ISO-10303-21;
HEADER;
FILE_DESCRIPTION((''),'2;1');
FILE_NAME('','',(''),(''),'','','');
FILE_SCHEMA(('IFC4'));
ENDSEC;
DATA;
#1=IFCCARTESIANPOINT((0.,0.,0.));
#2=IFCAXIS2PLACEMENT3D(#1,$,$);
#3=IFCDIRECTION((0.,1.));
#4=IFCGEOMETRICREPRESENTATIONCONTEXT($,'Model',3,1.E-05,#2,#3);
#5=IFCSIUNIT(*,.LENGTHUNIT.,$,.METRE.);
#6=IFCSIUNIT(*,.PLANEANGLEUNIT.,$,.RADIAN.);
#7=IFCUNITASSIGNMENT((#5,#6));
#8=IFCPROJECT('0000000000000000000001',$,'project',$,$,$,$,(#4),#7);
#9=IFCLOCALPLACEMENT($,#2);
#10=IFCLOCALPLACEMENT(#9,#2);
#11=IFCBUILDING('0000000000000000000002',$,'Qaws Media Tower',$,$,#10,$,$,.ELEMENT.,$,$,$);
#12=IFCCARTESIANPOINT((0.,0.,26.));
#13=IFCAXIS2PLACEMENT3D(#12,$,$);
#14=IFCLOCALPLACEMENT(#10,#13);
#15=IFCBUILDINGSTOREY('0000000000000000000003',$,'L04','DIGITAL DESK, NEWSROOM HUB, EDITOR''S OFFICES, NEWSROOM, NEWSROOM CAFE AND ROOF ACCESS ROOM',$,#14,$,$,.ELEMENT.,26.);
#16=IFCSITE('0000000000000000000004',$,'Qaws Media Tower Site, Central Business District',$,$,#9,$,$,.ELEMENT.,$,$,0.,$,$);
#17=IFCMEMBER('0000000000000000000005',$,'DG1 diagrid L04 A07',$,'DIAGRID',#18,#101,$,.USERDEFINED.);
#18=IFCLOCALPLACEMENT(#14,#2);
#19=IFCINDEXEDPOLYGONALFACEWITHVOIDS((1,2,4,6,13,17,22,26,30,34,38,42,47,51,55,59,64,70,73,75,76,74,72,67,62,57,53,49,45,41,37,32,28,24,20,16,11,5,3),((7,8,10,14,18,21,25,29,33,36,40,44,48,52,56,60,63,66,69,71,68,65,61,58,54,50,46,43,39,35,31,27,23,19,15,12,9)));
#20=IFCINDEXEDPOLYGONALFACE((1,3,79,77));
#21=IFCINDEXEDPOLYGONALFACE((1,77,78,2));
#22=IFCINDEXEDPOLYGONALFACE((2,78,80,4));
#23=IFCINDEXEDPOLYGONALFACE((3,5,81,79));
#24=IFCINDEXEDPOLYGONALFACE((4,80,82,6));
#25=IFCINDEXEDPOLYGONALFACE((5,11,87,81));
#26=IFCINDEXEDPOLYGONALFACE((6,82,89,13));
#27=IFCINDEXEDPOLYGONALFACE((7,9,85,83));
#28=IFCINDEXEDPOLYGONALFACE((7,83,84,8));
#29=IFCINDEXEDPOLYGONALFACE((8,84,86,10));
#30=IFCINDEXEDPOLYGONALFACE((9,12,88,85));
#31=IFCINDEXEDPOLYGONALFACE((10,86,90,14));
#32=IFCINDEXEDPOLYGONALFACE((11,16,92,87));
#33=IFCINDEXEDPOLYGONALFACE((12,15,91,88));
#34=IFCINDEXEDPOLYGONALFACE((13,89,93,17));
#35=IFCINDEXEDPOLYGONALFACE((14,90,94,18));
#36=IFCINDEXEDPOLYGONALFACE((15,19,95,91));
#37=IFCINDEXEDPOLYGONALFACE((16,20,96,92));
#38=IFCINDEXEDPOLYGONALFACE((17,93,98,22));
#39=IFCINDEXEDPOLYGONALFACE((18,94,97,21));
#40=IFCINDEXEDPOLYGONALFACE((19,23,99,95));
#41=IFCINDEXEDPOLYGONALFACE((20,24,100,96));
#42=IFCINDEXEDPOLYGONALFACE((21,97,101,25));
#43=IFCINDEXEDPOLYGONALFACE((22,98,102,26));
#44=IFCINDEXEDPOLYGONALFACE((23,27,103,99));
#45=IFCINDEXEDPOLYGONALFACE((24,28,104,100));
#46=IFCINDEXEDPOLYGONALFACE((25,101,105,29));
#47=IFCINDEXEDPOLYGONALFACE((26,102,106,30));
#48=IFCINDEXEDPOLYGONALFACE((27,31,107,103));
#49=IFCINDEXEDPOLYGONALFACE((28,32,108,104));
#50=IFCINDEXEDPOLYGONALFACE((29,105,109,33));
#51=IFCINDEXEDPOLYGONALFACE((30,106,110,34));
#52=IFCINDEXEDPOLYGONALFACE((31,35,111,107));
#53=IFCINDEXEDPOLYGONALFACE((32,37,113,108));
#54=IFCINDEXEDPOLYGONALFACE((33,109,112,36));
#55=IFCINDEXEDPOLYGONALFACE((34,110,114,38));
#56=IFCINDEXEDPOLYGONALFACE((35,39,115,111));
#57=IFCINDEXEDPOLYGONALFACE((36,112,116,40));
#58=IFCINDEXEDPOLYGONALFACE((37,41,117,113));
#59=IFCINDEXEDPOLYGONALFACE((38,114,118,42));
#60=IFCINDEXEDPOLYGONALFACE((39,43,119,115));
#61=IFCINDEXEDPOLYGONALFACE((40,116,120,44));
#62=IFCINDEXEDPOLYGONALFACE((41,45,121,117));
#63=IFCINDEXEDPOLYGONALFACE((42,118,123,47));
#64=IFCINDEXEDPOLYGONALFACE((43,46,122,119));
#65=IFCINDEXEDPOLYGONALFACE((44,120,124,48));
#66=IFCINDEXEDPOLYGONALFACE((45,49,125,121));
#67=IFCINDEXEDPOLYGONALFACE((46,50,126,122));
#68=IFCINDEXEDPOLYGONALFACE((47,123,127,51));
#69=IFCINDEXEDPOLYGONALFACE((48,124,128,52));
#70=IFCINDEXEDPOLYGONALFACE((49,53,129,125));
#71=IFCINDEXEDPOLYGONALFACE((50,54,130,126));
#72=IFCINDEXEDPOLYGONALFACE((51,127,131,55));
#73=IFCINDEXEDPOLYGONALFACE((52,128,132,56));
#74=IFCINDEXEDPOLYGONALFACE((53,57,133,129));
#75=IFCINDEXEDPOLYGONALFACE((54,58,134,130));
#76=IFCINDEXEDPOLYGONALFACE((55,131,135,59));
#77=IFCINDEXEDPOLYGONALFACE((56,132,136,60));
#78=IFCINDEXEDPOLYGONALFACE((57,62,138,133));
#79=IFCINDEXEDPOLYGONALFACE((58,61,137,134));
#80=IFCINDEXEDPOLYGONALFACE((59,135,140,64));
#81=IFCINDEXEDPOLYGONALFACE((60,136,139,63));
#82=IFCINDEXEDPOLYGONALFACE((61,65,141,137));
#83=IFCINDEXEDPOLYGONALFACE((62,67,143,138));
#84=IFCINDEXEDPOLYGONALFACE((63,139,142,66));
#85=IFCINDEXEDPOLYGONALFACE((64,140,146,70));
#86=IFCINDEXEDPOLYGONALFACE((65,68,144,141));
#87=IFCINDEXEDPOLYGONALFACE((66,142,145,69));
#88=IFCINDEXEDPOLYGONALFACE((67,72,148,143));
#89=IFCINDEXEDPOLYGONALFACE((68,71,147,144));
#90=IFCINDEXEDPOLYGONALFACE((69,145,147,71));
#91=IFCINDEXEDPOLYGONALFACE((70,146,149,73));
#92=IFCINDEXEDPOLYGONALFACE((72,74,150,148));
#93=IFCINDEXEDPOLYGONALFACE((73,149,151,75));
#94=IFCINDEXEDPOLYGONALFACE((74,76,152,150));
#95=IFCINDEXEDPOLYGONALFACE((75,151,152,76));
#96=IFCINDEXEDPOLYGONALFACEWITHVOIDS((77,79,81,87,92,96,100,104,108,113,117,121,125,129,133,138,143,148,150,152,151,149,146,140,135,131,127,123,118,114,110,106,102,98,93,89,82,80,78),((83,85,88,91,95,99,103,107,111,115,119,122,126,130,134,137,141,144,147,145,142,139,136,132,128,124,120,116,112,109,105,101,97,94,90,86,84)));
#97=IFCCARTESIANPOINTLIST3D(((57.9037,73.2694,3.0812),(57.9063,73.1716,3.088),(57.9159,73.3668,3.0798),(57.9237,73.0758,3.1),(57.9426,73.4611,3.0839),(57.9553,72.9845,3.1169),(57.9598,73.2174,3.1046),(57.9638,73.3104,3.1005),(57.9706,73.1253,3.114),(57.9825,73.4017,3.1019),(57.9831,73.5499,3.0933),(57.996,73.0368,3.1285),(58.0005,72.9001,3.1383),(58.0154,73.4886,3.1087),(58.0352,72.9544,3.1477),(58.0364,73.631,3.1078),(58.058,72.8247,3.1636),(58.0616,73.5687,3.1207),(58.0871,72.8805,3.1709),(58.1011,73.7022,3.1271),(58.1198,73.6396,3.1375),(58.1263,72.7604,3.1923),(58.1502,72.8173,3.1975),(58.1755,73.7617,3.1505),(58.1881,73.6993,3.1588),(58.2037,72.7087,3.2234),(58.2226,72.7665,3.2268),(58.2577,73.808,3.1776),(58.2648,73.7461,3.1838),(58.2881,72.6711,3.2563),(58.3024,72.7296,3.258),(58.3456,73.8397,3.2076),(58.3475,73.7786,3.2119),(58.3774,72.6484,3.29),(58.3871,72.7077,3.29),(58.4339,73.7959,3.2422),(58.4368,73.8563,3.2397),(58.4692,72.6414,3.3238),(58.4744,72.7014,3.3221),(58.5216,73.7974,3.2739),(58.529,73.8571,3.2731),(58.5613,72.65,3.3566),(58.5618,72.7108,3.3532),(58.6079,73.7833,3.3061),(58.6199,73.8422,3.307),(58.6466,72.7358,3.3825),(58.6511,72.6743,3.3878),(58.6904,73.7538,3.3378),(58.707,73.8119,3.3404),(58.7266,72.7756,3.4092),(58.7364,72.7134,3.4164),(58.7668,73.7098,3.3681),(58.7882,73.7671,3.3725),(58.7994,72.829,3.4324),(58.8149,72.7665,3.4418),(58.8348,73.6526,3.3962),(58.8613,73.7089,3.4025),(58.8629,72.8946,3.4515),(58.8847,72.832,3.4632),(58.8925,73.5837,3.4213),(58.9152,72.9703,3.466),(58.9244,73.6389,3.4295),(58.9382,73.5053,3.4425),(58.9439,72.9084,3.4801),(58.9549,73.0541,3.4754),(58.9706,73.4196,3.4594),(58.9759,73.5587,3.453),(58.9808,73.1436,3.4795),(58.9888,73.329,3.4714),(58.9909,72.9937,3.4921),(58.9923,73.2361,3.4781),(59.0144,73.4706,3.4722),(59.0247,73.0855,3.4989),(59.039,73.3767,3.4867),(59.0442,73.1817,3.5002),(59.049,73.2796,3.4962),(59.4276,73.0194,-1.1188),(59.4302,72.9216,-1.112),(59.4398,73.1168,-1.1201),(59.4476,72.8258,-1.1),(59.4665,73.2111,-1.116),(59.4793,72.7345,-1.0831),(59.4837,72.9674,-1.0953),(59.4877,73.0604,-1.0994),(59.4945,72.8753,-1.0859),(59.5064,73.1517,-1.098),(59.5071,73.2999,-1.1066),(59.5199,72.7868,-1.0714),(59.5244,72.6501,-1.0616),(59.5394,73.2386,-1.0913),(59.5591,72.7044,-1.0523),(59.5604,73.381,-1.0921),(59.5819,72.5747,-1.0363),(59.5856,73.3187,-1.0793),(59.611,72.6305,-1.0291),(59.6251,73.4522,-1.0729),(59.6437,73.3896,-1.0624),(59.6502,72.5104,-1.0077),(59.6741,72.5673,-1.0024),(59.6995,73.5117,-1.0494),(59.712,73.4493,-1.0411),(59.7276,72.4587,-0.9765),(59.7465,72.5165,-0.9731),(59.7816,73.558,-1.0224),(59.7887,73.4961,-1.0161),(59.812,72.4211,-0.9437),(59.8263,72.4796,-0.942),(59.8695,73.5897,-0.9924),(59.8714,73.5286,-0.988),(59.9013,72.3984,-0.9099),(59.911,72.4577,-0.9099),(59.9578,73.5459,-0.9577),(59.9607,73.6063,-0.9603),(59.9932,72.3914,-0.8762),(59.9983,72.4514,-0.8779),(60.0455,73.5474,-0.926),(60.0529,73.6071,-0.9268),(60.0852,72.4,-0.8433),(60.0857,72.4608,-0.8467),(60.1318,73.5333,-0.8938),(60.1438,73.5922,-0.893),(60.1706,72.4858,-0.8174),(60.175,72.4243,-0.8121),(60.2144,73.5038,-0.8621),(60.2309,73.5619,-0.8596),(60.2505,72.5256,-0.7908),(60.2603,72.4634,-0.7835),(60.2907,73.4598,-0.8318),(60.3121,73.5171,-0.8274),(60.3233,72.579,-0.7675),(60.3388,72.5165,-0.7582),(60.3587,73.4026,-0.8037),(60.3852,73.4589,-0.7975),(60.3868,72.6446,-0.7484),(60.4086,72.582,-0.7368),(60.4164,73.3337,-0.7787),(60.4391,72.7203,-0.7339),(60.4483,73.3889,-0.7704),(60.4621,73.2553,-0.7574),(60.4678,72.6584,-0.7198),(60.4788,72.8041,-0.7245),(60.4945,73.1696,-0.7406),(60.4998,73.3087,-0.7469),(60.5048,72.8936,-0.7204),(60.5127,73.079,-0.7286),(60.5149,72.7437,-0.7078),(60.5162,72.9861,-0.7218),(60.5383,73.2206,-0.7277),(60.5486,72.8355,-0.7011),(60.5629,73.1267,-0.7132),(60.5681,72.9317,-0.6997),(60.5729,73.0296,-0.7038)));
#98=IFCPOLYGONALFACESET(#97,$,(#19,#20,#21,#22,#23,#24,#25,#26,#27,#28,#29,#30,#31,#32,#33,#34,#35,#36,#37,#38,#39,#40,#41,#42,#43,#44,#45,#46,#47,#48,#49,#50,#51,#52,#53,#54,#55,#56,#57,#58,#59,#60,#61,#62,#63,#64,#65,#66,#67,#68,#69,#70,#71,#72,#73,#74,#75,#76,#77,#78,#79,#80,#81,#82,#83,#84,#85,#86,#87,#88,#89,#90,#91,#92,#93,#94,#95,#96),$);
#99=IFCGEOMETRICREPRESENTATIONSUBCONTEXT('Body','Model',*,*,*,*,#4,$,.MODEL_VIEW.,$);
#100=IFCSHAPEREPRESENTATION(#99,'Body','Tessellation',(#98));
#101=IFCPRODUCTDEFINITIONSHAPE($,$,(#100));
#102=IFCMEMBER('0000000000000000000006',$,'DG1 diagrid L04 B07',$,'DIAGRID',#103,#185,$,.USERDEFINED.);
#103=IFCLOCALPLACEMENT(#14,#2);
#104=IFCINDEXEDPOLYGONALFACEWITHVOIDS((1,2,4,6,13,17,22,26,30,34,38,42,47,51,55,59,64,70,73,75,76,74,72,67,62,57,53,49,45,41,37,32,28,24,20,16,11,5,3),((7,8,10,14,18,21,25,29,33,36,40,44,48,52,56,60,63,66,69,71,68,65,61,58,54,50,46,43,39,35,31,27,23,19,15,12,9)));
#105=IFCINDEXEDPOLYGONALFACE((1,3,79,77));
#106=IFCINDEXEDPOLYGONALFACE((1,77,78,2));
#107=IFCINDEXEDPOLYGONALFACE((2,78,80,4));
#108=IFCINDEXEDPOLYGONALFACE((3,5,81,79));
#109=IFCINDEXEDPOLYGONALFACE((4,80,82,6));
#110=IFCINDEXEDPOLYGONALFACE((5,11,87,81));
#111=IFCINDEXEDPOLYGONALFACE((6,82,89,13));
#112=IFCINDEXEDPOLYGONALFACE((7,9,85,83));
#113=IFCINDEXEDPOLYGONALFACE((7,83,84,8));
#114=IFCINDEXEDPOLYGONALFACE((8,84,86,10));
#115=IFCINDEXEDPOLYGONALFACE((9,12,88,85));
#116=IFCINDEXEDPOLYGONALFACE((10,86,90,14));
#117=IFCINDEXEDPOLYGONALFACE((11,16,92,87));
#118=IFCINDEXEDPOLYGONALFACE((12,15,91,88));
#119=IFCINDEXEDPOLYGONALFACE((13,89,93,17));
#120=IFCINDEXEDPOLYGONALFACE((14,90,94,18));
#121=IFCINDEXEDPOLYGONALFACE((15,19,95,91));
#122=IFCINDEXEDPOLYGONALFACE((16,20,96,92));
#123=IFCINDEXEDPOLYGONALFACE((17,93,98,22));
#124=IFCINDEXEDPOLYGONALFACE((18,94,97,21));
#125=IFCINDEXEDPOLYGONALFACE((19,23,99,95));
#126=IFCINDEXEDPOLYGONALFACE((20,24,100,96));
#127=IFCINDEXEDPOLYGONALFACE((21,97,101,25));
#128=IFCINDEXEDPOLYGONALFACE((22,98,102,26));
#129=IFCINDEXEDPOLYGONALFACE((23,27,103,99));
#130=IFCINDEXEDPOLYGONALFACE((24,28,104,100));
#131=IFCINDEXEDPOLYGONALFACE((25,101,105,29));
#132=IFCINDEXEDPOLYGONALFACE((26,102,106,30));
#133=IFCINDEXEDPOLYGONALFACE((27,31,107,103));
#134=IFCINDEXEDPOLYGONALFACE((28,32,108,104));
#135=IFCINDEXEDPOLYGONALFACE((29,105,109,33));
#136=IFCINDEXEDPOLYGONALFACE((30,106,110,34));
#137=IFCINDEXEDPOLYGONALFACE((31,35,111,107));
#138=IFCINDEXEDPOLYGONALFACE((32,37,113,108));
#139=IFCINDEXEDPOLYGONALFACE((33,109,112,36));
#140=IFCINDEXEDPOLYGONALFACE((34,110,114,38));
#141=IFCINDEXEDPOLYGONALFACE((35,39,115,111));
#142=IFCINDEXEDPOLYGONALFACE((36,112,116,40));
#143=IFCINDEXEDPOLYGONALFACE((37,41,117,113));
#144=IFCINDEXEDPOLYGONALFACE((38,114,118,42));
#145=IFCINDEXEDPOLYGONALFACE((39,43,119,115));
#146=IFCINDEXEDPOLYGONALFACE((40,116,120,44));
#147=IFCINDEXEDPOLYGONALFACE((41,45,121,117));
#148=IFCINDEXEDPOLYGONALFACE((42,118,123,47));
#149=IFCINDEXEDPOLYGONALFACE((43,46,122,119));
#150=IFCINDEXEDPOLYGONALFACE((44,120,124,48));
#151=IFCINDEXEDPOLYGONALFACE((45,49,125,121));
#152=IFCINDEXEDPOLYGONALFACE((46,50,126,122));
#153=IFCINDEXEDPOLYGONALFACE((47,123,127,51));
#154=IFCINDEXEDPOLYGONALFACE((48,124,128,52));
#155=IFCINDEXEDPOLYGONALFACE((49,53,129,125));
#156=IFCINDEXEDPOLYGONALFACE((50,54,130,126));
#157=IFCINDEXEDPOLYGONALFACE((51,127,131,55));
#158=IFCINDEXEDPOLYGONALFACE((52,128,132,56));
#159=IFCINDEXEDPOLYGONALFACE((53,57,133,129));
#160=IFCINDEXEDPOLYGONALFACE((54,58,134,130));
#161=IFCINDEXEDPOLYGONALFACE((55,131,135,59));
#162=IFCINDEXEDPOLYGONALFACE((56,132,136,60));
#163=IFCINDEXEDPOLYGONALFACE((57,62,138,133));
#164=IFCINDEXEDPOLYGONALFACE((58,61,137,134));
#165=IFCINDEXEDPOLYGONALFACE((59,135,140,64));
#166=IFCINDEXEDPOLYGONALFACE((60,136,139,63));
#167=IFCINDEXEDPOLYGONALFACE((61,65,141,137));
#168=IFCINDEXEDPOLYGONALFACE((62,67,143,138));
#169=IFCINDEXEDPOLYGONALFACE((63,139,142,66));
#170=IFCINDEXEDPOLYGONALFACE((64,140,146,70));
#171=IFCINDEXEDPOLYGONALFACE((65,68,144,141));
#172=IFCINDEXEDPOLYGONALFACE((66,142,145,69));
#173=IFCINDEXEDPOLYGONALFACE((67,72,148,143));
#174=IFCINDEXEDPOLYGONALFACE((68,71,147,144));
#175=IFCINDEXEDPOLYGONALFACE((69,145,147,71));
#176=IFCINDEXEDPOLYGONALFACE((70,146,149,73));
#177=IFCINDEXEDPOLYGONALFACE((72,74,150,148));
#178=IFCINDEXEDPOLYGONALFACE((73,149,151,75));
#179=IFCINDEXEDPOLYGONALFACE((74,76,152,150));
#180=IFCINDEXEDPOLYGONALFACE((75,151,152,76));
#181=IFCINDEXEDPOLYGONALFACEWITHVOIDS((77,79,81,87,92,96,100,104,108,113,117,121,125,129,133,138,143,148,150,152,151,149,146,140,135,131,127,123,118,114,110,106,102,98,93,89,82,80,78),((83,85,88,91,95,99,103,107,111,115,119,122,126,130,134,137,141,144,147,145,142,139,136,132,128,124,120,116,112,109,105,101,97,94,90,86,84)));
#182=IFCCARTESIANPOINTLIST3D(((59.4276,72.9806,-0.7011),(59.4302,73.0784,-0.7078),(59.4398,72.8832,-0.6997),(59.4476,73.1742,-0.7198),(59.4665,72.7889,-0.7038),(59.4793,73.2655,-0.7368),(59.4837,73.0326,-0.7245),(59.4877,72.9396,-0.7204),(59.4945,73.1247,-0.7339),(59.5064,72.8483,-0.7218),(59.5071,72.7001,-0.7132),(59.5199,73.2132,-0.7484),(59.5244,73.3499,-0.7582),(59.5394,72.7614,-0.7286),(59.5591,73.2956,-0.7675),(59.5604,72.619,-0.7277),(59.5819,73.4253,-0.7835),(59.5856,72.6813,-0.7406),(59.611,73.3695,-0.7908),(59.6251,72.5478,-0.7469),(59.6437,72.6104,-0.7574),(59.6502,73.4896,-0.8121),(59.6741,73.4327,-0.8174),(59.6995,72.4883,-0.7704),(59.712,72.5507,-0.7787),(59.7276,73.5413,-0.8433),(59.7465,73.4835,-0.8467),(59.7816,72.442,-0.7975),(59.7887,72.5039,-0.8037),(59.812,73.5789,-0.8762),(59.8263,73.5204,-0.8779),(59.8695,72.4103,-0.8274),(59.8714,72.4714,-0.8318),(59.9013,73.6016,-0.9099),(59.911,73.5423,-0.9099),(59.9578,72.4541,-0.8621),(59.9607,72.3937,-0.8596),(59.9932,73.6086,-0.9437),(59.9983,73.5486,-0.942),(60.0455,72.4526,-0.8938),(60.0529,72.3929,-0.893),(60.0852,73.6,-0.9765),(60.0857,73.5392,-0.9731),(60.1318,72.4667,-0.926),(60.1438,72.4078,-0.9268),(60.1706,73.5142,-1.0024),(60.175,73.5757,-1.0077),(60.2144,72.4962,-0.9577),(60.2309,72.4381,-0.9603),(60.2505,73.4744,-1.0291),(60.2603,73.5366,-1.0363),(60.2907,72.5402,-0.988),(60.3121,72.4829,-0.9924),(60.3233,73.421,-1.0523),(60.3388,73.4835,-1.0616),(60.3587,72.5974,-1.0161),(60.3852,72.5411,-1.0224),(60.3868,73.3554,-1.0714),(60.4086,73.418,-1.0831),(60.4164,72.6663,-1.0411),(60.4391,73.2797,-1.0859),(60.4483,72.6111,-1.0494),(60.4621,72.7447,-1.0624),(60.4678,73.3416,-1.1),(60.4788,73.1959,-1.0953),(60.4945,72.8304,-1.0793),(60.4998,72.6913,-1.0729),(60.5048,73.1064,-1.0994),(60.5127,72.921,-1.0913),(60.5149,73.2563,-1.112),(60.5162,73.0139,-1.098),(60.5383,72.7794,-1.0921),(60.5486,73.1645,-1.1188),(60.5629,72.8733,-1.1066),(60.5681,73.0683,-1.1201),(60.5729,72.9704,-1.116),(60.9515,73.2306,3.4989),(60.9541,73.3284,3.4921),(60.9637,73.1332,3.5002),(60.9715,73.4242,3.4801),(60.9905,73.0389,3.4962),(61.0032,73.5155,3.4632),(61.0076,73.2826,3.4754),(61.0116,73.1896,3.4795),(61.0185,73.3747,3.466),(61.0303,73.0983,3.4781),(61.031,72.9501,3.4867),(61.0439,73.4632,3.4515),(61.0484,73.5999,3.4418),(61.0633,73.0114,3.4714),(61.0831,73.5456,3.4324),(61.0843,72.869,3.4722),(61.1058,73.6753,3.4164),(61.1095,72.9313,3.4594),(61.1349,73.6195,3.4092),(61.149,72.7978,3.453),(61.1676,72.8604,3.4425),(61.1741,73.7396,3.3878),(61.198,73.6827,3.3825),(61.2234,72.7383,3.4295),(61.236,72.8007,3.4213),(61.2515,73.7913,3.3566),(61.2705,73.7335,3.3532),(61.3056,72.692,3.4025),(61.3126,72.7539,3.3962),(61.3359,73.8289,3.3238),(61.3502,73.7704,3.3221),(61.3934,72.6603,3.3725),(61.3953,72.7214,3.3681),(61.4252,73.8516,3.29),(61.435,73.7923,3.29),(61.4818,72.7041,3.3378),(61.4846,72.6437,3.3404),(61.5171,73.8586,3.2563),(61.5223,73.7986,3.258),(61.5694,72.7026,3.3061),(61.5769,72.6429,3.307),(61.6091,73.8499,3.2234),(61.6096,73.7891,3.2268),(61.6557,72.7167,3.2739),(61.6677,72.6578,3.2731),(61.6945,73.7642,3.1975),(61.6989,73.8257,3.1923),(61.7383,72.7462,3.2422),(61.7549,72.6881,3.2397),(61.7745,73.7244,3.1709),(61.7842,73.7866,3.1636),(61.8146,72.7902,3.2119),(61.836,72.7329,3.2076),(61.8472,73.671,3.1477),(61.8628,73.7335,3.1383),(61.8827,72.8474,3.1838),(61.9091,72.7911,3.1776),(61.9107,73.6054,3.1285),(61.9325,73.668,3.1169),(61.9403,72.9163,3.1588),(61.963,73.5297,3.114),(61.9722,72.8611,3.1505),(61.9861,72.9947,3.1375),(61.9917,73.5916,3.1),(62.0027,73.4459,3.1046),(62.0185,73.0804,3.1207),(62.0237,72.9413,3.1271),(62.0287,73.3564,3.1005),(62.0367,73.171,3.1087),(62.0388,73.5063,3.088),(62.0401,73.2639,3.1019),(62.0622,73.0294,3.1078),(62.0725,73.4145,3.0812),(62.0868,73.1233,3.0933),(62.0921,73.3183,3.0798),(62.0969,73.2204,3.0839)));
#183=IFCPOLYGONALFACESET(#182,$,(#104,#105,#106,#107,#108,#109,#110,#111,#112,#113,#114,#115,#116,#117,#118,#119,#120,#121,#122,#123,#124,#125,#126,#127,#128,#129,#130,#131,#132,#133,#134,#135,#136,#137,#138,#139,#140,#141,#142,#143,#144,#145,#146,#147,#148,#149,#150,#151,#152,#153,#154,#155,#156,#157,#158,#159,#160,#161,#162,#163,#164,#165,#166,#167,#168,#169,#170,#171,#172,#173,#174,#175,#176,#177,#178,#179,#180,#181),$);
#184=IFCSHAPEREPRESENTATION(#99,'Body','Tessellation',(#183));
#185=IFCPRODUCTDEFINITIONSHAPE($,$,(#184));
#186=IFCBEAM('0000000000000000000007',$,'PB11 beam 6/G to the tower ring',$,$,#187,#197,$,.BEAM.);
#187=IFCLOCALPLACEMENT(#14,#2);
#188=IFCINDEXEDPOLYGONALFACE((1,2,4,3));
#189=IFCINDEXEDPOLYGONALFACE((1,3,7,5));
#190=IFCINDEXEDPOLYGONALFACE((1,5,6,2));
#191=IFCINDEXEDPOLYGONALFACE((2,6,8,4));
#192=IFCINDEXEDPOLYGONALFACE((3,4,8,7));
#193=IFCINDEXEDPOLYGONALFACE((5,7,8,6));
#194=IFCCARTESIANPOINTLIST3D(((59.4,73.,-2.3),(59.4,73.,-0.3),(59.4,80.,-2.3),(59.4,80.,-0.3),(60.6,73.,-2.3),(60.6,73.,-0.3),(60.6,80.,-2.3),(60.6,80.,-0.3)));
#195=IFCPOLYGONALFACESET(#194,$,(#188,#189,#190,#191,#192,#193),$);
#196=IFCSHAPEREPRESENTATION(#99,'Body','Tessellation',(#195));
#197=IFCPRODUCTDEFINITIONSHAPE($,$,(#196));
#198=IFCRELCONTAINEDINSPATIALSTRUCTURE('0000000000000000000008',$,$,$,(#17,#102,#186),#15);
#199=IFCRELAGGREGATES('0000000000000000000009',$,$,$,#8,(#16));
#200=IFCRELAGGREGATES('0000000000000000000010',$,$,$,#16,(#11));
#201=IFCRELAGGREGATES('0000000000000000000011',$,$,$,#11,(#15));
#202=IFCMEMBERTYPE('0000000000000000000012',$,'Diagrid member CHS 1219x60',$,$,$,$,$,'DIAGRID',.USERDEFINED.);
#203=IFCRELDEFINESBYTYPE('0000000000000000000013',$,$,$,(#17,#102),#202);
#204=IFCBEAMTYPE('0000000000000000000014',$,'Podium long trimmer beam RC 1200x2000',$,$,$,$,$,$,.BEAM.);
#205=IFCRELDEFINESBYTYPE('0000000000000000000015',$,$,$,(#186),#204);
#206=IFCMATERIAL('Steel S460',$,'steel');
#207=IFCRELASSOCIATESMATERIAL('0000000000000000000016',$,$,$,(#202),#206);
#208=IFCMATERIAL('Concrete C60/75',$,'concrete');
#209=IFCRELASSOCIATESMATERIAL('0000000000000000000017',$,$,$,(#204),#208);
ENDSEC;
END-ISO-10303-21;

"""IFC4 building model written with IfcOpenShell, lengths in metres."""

from ifc_helpers import new_model, si_unit, direction, frame, origin, origin_2d, place, context, subcontext, project, spatial, rectangle, hollow_circle, extrude, material, material_profile, profile_set, type_object, element, save


model = new_model("IFC4")

# Units and contexts
model_context = context("Model", 3, precision=1e-05, world=origin(), true_north=direction((0.0, 1.0)))
body_context = subcontext(model_context, "Body", "Model", "MODEL_VIEW")
ifc_project = project(units=[si_unit("LENGTHUNIT", "METRE"), si_unit("PLANEANGLEUNIT", "RADIAN")], contexts=[model_context])

# Site, building, storey
site_placement = place(None, origin())
site = spatial("IfcSite", under=ifc_project, at=site_placement, Name="Qaws Media Tower Site, Central Business District", CompositionType="ELEMENT", RefElevation=0.0)
building_placement = place(site_placement, origin())
building = spatial("IfcBuilding", under=site, at=building_placement, Name="Qaws Media Tower", CompositionType="ELEMENT")
storey_placement = place(building_placement, frame((0.0, 0.0, 26.0)))
storey = spatial("IfcBuildingStorey", under=building, at=storey_placement, Name="L04", Description="DIGITAL DESK, NEWSROOM HUB, EDITOR'S OFFICES, NEWSROOM, NEWSROOM CAFE AND ROOF ACCESS ROOM", CompositionType="ELEMENT", Elevation=26.0)

# Members
ifc_material_1 = material(Name="Steel S460", Category="steel")
ifc_material_profile_1 = material_profile(ifc_material_1, hollow_circle(Radius=0.6096, WallThickness=0.0601, at=origin_2d()), Name="CHS 1219x60")
ifc_profile_set_1 = profile_set([ifc_material_profile_1], Name="Steel S460")
member_type_1 = type_object("IfcMemberType", Name="Diagrid member CHS 1219x60", ElementType="DIAGRID", PredefinedType="USERDEFINED", material=ifc_profile_set_1)
for number, where, z_axis, x_axis, name in (
    (1, (60.0, 73.0, -0.9099), (-0.340552, 0.055868, 0.938564), (-0.161886, -0.986809, 0.0), "DG1 diagrid L04 A07"),
    (2, (60.0, 73.0, -0.9099), (0.340552, 0.055868, 0.938564), (-0.161886, 0.986809, 0.0), "DG1 diagrid L04 B07"),
):
    element("IfcMember", number, at=place(storey_placement, frame(where, z_axis=z_axis, x_axis=x_axis)), inside=storey, type_object=member_type_1, Name=name, ObjectType="DIAGRID", PredefinedType="USERDEFINED", context=body_context, shape_type="SweptSolid", body=[
        extrude(hollow_circle(Radius=0.6096, WallThickness=0.0601, at=origin_2d()), origin(), (0.0, 0.0, 1.0), 4.4749),
    ])

# Beam
ifc_material_2 = material(Name="Concrete C60/75", Category="concrete")
ifc_material_profile_2 = material_profile(ifc_material_2, rectangle(XDim=1.2, YDim=2.0, at=origin_2d()), Name="RC 1200x2000")
ifc_profile_set_2 = profile_set([ifc_material_profile_2], Name="Concrete C60/75")
beam_type_1 = type_object("IfcBeamType", Name="Podium long trimmer beam RC 1200x2000", PredefinedType="BEAM", material=ifc_profile_set_2)
beam_1_placement = place(storey_placement, frame((60.0, 80.0, -1.3), z_axis=(0.0, -1.0, 0.0), x_axis=(1.0, 0.0, 0.0)))
element("IfcBeam", 3, at=beam_1_placement, inside=storey, type_object=beam_type_1, Name="PB11 beam 6/G to the tower ring", PredefinedType="BEAM", context=body_context, shape_type="SweptSolid", body=[
    extrude(rectangle(XDim=1.2, YDim=2.0, at=origin_2d()), origin(), (0.0, 0.0, 1.0), 7.0),
])

save(model, "model.ifc")
